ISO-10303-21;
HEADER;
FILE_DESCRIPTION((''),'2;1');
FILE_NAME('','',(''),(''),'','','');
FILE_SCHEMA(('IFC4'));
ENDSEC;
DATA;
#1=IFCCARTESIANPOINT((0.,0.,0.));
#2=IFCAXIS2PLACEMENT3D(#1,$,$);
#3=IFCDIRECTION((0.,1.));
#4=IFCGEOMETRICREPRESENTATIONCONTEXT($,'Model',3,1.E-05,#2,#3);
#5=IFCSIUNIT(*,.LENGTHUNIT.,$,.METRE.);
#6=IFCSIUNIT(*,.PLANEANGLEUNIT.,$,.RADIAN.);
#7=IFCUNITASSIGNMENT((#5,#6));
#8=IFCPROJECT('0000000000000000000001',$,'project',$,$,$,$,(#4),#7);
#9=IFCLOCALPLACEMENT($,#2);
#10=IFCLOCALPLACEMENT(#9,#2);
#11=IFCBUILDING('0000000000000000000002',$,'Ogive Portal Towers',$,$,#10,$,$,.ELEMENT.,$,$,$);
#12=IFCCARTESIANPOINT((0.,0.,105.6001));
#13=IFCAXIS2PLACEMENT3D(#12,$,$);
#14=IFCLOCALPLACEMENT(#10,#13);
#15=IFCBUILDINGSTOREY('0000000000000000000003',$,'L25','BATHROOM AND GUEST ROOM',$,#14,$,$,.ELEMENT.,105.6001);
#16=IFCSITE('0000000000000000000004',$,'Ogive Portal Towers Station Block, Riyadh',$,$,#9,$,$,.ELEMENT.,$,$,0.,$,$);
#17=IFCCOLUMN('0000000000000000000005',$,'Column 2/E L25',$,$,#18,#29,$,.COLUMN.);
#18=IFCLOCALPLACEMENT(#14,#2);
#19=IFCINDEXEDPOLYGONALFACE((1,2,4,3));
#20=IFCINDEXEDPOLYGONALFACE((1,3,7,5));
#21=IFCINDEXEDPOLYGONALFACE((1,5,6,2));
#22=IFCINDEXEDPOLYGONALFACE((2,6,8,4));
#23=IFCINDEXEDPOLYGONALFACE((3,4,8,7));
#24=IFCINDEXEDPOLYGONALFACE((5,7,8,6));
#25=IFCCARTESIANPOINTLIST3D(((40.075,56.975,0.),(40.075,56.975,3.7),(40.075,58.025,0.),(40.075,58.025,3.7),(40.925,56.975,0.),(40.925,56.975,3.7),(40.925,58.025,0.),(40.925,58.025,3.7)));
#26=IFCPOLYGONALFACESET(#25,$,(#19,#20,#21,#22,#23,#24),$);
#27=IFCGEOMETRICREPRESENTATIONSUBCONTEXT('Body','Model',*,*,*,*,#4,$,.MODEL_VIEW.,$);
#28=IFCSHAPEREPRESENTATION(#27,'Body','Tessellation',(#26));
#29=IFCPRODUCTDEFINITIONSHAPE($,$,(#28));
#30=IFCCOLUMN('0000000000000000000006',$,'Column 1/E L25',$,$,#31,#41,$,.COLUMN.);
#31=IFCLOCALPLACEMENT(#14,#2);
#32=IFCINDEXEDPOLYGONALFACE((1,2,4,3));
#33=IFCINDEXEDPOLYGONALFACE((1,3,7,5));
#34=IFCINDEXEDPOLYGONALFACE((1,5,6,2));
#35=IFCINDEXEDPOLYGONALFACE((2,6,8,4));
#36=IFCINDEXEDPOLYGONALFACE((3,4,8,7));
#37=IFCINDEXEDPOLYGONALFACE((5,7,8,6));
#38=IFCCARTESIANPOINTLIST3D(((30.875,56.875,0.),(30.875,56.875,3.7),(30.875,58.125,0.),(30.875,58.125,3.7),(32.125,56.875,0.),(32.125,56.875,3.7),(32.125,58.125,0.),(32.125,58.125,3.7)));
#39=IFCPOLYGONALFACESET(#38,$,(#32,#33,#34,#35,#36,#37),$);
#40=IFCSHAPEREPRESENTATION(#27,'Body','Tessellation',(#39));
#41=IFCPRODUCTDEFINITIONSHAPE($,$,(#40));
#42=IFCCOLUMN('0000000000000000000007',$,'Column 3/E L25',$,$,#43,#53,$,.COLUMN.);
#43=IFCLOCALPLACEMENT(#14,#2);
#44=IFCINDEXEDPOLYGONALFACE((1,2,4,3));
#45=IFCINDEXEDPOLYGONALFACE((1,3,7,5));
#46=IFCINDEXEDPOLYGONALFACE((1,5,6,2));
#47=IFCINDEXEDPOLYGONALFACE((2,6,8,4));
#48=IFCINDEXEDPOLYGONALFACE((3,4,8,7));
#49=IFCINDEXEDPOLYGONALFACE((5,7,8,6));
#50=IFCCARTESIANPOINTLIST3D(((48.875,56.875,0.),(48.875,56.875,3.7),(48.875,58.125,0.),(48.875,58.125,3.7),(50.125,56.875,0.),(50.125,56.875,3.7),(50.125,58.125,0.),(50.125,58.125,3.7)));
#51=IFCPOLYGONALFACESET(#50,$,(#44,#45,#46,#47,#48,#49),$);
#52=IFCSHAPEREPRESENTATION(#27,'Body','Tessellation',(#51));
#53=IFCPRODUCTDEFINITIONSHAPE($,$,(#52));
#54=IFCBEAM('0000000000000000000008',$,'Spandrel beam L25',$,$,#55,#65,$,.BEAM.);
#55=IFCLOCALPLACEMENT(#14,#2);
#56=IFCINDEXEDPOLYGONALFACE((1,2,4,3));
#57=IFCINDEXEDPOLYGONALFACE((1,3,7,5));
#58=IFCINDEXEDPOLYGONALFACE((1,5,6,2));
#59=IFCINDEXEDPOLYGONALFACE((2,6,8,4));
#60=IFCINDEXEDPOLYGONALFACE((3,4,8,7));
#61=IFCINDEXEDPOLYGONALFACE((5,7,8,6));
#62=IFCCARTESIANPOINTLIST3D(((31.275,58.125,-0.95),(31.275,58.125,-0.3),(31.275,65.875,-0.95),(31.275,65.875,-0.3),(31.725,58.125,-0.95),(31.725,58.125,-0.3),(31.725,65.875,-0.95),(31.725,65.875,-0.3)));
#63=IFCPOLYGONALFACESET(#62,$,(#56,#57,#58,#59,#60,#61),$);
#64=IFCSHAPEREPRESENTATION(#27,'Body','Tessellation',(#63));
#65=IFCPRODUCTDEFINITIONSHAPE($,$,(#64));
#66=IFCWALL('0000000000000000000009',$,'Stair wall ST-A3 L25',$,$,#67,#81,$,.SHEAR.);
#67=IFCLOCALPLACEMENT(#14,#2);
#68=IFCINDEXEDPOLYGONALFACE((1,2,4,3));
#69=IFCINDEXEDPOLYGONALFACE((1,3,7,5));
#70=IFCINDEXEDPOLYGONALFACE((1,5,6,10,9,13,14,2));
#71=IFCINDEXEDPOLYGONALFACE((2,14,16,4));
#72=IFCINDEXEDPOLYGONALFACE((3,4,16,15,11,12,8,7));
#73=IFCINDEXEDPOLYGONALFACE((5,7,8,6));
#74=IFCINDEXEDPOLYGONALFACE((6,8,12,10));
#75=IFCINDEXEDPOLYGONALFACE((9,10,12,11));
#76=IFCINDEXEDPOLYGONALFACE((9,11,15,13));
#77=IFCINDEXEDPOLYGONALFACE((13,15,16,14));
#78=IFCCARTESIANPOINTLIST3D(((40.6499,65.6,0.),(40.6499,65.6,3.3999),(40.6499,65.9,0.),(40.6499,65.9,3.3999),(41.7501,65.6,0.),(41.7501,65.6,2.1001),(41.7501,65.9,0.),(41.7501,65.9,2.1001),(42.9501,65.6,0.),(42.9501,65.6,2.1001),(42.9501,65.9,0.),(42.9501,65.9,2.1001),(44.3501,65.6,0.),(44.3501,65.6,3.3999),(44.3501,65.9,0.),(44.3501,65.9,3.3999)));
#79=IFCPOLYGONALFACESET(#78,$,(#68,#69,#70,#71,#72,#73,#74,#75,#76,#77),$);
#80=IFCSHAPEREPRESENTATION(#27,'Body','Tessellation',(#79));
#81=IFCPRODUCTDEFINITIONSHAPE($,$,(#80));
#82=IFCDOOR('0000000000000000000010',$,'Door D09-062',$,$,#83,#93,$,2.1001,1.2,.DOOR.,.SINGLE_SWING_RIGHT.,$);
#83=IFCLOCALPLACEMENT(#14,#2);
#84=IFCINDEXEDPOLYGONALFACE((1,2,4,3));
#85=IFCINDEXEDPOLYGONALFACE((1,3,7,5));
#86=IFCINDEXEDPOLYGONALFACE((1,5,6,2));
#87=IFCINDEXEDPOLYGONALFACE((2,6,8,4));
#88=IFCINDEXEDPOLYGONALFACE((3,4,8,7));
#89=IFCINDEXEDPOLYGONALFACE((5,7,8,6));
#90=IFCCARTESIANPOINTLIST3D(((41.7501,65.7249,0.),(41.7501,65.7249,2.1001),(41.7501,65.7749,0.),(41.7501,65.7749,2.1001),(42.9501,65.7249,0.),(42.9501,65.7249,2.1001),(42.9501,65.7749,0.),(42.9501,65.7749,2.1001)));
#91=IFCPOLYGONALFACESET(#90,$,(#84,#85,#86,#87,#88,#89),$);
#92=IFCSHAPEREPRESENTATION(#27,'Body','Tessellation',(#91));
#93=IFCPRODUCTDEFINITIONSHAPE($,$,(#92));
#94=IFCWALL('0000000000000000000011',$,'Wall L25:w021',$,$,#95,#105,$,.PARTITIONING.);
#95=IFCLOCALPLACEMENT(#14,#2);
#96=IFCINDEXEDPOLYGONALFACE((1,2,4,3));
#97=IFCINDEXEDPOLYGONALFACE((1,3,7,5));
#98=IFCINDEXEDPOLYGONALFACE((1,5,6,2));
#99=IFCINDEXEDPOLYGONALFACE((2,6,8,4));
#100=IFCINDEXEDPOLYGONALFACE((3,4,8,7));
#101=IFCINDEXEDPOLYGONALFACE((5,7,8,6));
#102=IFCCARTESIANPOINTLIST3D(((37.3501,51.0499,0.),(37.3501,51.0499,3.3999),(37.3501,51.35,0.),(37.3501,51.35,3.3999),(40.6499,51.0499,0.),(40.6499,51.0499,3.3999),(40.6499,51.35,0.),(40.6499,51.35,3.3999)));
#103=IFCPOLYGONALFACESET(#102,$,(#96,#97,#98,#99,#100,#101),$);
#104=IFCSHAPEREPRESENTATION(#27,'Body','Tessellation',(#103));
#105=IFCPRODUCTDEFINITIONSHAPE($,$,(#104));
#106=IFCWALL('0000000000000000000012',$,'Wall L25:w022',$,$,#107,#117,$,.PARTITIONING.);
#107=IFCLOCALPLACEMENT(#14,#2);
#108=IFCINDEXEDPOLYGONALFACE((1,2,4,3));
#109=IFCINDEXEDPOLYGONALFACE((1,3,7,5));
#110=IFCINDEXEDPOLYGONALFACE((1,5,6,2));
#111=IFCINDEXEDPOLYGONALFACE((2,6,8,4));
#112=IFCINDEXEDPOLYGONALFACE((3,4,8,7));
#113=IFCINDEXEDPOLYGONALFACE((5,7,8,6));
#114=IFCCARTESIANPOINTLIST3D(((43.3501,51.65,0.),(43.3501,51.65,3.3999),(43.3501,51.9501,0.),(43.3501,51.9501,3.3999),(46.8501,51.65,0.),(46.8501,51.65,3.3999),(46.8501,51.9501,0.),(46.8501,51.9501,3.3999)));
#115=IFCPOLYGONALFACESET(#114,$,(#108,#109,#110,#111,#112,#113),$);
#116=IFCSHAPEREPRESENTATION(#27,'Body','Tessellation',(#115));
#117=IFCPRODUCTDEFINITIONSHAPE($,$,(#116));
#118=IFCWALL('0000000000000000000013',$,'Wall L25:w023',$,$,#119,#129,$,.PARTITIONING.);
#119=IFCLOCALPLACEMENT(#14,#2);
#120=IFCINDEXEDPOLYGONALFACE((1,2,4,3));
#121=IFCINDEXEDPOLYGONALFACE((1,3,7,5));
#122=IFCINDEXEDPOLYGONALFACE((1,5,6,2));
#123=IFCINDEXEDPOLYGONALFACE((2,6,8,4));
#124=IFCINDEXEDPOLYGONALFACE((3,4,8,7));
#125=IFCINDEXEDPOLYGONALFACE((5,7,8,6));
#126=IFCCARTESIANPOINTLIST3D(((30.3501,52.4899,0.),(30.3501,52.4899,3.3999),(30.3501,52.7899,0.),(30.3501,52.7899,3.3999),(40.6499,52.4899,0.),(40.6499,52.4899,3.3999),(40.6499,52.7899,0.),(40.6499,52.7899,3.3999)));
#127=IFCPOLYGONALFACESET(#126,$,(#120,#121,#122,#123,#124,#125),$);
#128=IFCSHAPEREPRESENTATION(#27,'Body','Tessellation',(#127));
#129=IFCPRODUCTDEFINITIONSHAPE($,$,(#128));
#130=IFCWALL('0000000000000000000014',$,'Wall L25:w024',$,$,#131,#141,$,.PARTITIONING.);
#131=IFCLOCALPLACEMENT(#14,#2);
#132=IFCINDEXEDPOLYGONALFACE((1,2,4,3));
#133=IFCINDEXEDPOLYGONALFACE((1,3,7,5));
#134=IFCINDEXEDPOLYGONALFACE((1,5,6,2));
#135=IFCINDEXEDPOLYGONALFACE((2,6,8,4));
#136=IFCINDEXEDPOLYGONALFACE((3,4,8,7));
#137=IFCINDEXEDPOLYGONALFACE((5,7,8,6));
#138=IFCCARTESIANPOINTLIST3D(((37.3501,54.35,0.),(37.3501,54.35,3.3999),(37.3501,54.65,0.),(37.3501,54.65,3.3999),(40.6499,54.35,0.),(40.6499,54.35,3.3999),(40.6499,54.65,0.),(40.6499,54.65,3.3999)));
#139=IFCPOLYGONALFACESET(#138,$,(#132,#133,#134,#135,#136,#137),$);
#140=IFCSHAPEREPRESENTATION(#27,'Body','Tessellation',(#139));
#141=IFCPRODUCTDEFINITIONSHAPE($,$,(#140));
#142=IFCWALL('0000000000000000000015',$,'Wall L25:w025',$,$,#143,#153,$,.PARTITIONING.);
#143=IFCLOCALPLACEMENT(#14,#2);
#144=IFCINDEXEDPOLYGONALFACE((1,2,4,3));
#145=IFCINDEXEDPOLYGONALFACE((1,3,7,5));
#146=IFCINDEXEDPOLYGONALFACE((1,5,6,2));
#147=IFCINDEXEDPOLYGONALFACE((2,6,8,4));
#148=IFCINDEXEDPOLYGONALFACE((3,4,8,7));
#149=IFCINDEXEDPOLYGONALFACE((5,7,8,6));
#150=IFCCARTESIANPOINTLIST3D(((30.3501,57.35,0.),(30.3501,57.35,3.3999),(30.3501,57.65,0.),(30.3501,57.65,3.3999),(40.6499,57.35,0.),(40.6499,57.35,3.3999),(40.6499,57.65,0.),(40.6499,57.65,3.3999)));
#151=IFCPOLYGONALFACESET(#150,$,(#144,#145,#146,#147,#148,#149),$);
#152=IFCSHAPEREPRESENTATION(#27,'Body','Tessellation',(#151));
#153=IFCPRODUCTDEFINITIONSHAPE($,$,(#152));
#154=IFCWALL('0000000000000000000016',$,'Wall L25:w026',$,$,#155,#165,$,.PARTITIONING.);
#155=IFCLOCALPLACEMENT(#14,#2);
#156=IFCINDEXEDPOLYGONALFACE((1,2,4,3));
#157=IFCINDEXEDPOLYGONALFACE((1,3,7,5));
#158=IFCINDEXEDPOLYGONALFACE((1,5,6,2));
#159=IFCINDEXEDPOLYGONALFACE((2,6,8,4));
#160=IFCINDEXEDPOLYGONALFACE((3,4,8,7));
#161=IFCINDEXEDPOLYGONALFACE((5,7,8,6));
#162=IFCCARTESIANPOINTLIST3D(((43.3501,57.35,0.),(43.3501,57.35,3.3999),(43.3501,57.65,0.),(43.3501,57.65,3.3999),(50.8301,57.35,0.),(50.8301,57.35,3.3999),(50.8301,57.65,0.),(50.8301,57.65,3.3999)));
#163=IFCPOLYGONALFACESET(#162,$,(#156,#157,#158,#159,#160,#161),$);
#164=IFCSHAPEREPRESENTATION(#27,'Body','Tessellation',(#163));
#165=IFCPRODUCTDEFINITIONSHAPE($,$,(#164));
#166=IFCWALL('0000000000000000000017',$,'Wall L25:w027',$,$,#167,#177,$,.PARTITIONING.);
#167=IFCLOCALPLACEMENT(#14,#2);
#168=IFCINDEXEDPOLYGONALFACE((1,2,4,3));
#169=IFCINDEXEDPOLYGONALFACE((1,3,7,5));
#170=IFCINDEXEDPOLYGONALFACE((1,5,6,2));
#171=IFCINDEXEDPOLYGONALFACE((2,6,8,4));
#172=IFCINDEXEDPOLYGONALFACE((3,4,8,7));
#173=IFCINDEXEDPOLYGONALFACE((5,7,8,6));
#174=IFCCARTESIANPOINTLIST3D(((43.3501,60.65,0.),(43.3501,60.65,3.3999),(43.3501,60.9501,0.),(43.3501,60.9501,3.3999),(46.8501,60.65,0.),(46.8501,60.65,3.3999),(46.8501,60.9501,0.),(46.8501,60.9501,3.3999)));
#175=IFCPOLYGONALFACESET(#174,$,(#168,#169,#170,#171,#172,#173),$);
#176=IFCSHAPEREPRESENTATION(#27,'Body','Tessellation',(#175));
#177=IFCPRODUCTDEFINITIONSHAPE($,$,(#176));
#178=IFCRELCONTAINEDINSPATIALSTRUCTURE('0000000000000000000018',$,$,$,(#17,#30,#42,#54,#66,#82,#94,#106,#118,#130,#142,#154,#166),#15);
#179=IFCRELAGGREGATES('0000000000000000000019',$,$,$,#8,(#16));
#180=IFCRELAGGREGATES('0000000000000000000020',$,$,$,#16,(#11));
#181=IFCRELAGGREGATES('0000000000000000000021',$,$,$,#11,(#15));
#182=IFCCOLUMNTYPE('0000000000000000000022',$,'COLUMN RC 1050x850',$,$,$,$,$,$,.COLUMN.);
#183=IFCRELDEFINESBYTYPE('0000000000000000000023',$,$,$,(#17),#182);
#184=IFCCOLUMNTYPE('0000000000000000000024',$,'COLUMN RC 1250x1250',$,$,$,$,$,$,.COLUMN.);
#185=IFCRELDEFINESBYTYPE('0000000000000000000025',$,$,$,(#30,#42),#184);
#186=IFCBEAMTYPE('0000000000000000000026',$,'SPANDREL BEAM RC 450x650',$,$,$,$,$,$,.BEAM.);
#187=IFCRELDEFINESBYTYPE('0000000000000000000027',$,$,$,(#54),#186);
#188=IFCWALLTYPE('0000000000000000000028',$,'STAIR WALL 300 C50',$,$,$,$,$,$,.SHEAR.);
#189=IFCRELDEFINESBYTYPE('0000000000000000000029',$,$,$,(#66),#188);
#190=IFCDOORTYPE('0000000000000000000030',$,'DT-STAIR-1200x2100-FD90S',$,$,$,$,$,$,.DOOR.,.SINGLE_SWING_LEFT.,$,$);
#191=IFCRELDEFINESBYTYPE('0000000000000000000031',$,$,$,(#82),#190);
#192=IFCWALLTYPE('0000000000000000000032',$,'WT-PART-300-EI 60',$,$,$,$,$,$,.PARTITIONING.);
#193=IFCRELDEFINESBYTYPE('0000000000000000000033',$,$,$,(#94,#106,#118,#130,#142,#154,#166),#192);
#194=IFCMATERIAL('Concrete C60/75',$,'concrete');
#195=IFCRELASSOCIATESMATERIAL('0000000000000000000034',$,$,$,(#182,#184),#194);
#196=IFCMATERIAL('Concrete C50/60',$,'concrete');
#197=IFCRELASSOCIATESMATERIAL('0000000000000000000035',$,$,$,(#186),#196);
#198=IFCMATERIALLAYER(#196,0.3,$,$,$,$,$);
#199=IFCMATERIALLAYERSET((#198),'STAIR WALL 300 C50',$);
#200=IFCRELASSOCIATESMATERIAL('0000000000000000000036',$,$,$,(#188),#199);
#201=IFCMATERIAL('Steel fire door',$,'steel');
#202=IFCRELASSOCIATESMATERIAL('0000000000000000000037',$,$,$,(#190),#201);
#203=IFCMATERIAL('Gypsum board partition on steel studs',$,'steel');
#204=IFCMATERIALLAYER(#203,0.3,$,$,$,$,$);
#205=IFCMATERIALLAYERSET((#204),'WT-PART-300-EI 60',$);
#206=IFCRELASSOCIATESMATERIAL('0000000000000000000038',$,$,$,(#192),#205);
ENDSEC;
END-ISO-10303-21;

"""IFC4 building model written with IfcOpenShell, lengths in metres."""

from ifc_helpers import new_model, si_unit, direction, frame, frame_2d, origin, origin_2d, place, context, subcontext, project, spatial, rectangle, extrude, material, layer, layer_set, material_profile, profile_set, type_object, element, fill, save


model = new_model("IFC4")

# Units and contexts
model_context = context("Model", 3, precision=1e-05, world=origin(), true_north=direction((0.0, 1.0)))
body_context = subcontext(model_context, "Body", "Model", "MODEL_VIEW")
ifc_project = project(units=[si_unit("LENGTHUNIT", "METRE"), si_unit("PLANEANGLEUNIT", "RADIAN")], contexts=[model_context])

# Site, building, storey
site_placement = place(None, origin())
site = spatial("IfcSite", under=ifc_project, at=site_placement, Name="Ogive Portal Towers Station Block, Riyadh", CompositionType="ELEMENT", RefElevation=0.0)
building_placement = place(site_placement, origin())
building = spatial("IfcBuilding", under=site, at=building_placement, Name="Ogive Portal Towers", CompositionType="ELEMENT")
storey_placement = place(building_placement, frame((0.0, 0.0, 105.6001)))
storey = spatial("IfcBuildingStorey", under=building, at=storey_placement, Name="L25", Description="BATHROOM AND GUEST ROOM", CompositionType="ELEMENT", Elevation=105.6001)

# Columns
ifc_material_1 = material(Name="Concrete C60/75", Category="concrete")
ifc_material_profile_1 = material_profile(ifc_material_1, rectangle(XDim=1.05, YDim=0.8501, at=origin_2d()), Name="RC 1050x850")
ifc_profile_set_1 = profile_set([ifc_material_profile_1], Name="Concrete C60/75")
column_type_1 = type_object("IfcColumnType", Name="COLUMN RC 1050x850", PredefinedType="COLUMN", material=ifc_profile_set_1)
column_placement = place(storey_placement, frame((40.5, 57.5, 0.0), z_axis=(0.0, 0.0, 1.0), x_axis=(0.0, 1.0, 0.0)))
element("IfcColumn", 1, at=column_placement, inside=storey, type_object=column_type_1, Name="Column 2/E L25", PredefinedType="COLUMN", context=body_context, shape_type="SweptSolid", body=[
    extrude(rectangle(XDim=1.05, YDim=0.8501, at=origin_2d()), origin(), (0.0, 0.0, 1.0), 3.7),
])
ifc_material_profile_2 = material_profile(ifc_material_1, rectangle(XDim=1.25, YDim=1.25, at=origin_2d()), Name="RC 1250x1250")
ifc_profile_set_2 = profile_set([ifc_material_profile_2], Name="Concrete C60/75")
column_type_2 = type_object("IfcColumnType", Name="COLUMN RC 1250x1250", PredefinedType="COLUMN", material=ifc_profile_set_2)
for number, where, z_axis, x_axis, name in (
    (2, (31.5, 57.5, 0.0), (0.0, 0.0, 1.0), (1.0, 0.0, 0.0), "Column 1/E L25"),
    (3, (49.5, 57.5, 0.0), (0.0, 0.0, 1.0), (1.0, 0.0, 0.0), "Column 3/E L25"),
):
    element("IfcColumn", number, at=place(storey_placement, frame(where, z_axis=z_axis, x_axis=x_axis)), inside=storey, type_object=column_type_2, Name=name, PredefinedType="COLUMN", context=body_context, shape_type="SweptSolid", body=[
        extrude(rectangle(XDim=1.25, YDim=1.25, at=origin_2d()), origin(), (0.0, 0.0, 1.0), 3.7),
    ])

# Beam
ifc_material_2 = material(Name="Concrete C50/60", Category="concrete")
ifc_material_profile_3 = material_profile(ifc_material_2, rectangle(XDim=0.45, YDim=0.6499, at=origin_2d()), Name="RC 450x650")
ifc_profile_set_3 = profile_set([ifc_material_profile_3], Name="Concrete C50/60")
beam_type = type_object("IfcBeamType", Name="SPANDREL BEAM RC 450x650", PredefinedType="BEAM", material=ifc_profile_set_3)
beam_placement = place(storey_placement, frame((31.5, 58.125, -0.625), z_axis=(0.0, 1.0, 0.0), x_axis=(-1.0, 0.0, 0.0)))
element("IfcBeam", 4, at=beam_placement, inside=storey, type_object=beam_type, Name="Spandrel beam L25", PredefinedType="BEAM", context=body_context, shape_type="SweptSolid", body=[
    extrude(rectangle(XDim=0.45, YDim=0.6499, at=origin_2d()), origin(), (0.0, 0.0, 1.0), 7.75),
])

# Wall, opening, door
ifc_layer_1 = layer(ifc_material_2, 0.3)
ifc_layer_set_1 = layer_set([ifc_layer_1], Name="STAIR WALL 300 C50")
wall_type_1 = type_object("IfcWallType", Name="STAIR WALL 300 C50", PredefinedType="SHEAR", material=ifc_layer_set_1)
wall_1_placement = place(storey_placement, frame((40.6499, 65.75, 0.0), z_axis=(0.0, 0.0, 1.0), x_axis=(1.0, 0.0, 0.0)))
wall_1 = element("IfcWall", 5, at=wall_1_placement, inside=storey, type_object=wall_type_1, Name="Stair wall ST-A3 L25", PredefinedType="SHEAR", context=body_context, shape_type="SweptSolid", body=[
    extrude(rectangle(XDim=3.7002, YDim=0.3, at=frame_2d((1.8501, 0.0))), origin(), (0.0, 0.0, 1.0), 3.3999),
])
opening_1_placement = place(wall_1_placement, frame((1.1001, 0.0, 0.0)))
opening_1 = element("IfcOpeningElement", 6, at=opening_1_placement, cuts=wall_1, PredefinedType="OPENING", context=body_context, shape_type="SweptSolid", body=[
    extrude(rectangle(XDim=1.2, YDim=2.1001, at=frame_2d((0.6001, 1.05))), frame((0.0, 0.1602, 0.0), z_axis=(0.0, -1.0, 0.0), x_axis=(1.0, 0.0, 0.0)), (0.0, 0.0, 1.0), 0.3201),
])
ifc_material_3 = material(Name="Steel fire door", Category="steel")
door_type_1 = type_object("IfcDoorType", Name="DT-STAIR-1200x2100-FD90S", OperationType="SINGLE_SWING_LEFT", PredefinedType="DOOR", material=ifc_material_3)
door_1_placement = place(opening_1_placement, origin())
door_1 = element("IfcDoor", 7, at=door_1_placement, inside=storey, type_object=door_type_1, Name="Door D09-062", OperationType="SINGLE_SWING_RIGHT", OverallHeight=2.1001, OverallWidth=1.2, PredefinedType="DOOR", context=body_context, shape_type="SweptSolid", body=[
    extrude(rectangle(XDim=1.2, YDim=2.1001, at=frame_2d((0.6001, 1.05))), frame((0.0, 0.0249, 0.0), z_axis=(0.0, -1.0, 0.0), x_axis=(1.0, 0.0, 0.0)), (0.0, 0.0, 1.0), 0.05),
])
fill(opening_1, door_1)

# Walls
ifc_material_4 = material(Name="Gypsum board partition on steel studs", Category="steel")
ifc_layer_2 = layer(ifc_material_4, 0.3)
ifc_layer_set_2 = layer_set([ifc_layer_2], Name="WT-PART-300-EI 60")
wall_type_2 = type_object("IfcWallType", Name="WT-PART-300-EI 60", PredefinedType="PARTITIONING", material=ifc_layer_set_2)
wall_2_placement = place(storey_placement, frame((37.3501, 51.2, 0.0), z_axis=(0.0, 0.0, 1.0), x_axis=(1.0, 0.0, 0.0)))
element("IfcWall", 8, at=wall_2_placement, inside=storey, type_object=wall_type_2, Name="Wall L25:w021", PredefinedType="PARTITIONING", context=body_context, shape_type="SweptSolid", body=[
    extrude(rectangle(XDim=3.2998, YDim=0.3, at=frame_2d((1.6499, 0.0))), origin(), (0.0, 0.0, 1.0), 3.3999),
])
wall_3_placement = place(storey_placement, frame((43.3501, 51.8, 0.0), z_axis=(0.0, 0.0, 1.0), x_axis=(1.0, 0.0, 0.0)))
element("IfcWall", 9, at=wall_3_placement, inside=storey, type_object=wall_type_2, Name="Wall L25:w022", PredefinedType="PARTITIONING", context=body_context, shape_type="SweptSolid", body=[
    extrude(rectangle(XDim=3.5, YDim=0.3, at=frame_2d((1.75, 0.0))), origin(), (0.0, 0.0, 1.0), 3.3999),
])
wall_4_placement = place(storey_placement, frame((30.3501, 52.6399, 0.0), z_axis=(0.0, 0.0, 1.0), x_axis=(1.0, 0.0, 0.0)))
element("IfcWall", 10, at=wall_4_placement, inside=storey, type_object=wall_type_2, Name="Wall L25:w023", PredefinedType="PARTITIONING", context=body_context, shape_type="SweptSolid", body=[
    extrude(rectangle(XDim=10.2998, YDim=0.3, at=frame_2d((5.1499, 0.0))), origin(), (0.0, 0.0, 1.0), 3.3999),
])
wall_5_placement = place(storey_placement, frame((37.3501, 54.5, 0.0), z_axis=(0.0, 0.0, 1.0), x_axis=(1.0, 0.0, 0.0)))
element("IfcWall", 11, at=wall_5_placement, inside=storey, type_object=wall_type_2, Name="Wall L25:w024", PredefinedType="PARTITIONING", context=body_context, shape_type="SweptSolid", body=[
    extrude(rectangle(XDim=3.2998, YDim=0.3, at=frame_2d((1.6499, 0.0))), origin(), (0.0, 0.0, 1.0), 3.3999),
])
wall_6_placement = place(storey_placement, frame((30.3501, 57.5, 0.0), z_axis=(0.0, 0.0, 1.0), x_axis=(1.0, 0.0, 0.0)))
element("IfcWall", 12, at=wall_6_placement, inside=storey, type_object=wall_type_2, Name="Wall L25:w025", PredefinedType="PARTITIONING", context=body_context, shape_type="SweptSolid", body=[
    extrude(rectangle(XDim=10.2998, YDim=0.3, at=frame_2d((5.1499, 0.0))), origin(), (0.0, 0.0, 1.0), 3.3999),
])
wall_7_placement = place(storey_placement, frame((43.3501, 57.5, 0.0), z_axis=(0.0, 0.0, 1.0), x_axis=(1.0, 0.0, 0.0)))
element("IfcWall", 13, at=wall_7_placement, inside=storey, type_object=wall_type_2, Name="Wall L25:w026", PredefinedType="PARTITIONING", context=body_context, shape_type="SweptSolid", body=[
    extrude(rectangle(XDim=7.48, YDim=0.3, at=frame_2d((3.74, 0.0))), origin(), (0.0, 0.0, 1.0), 3.3999),
])
wall_8_placement = place(storey_placement, frame((43.3501, 60.8, 0.0), z_axis=(0.0, 0.0, 1.0), x_axis=(1.0, 0.0, 0.0)))
element("IfcWall", 14, at=wall_8_placement, inside=storey, type_object=wall_type_2, Name="Wall L25:w027", PredefinedType="PARTITIONING", context=body_context, shape_type="SweptSolid", body=[
    extrude(rectangle(XDim=3.5, YDim=0.3, at=frame_2d((1.75, 0.0))), origin(), (0.0, 0.0, 1.0), 3.3999),
])

save(model, "model.ifc")
